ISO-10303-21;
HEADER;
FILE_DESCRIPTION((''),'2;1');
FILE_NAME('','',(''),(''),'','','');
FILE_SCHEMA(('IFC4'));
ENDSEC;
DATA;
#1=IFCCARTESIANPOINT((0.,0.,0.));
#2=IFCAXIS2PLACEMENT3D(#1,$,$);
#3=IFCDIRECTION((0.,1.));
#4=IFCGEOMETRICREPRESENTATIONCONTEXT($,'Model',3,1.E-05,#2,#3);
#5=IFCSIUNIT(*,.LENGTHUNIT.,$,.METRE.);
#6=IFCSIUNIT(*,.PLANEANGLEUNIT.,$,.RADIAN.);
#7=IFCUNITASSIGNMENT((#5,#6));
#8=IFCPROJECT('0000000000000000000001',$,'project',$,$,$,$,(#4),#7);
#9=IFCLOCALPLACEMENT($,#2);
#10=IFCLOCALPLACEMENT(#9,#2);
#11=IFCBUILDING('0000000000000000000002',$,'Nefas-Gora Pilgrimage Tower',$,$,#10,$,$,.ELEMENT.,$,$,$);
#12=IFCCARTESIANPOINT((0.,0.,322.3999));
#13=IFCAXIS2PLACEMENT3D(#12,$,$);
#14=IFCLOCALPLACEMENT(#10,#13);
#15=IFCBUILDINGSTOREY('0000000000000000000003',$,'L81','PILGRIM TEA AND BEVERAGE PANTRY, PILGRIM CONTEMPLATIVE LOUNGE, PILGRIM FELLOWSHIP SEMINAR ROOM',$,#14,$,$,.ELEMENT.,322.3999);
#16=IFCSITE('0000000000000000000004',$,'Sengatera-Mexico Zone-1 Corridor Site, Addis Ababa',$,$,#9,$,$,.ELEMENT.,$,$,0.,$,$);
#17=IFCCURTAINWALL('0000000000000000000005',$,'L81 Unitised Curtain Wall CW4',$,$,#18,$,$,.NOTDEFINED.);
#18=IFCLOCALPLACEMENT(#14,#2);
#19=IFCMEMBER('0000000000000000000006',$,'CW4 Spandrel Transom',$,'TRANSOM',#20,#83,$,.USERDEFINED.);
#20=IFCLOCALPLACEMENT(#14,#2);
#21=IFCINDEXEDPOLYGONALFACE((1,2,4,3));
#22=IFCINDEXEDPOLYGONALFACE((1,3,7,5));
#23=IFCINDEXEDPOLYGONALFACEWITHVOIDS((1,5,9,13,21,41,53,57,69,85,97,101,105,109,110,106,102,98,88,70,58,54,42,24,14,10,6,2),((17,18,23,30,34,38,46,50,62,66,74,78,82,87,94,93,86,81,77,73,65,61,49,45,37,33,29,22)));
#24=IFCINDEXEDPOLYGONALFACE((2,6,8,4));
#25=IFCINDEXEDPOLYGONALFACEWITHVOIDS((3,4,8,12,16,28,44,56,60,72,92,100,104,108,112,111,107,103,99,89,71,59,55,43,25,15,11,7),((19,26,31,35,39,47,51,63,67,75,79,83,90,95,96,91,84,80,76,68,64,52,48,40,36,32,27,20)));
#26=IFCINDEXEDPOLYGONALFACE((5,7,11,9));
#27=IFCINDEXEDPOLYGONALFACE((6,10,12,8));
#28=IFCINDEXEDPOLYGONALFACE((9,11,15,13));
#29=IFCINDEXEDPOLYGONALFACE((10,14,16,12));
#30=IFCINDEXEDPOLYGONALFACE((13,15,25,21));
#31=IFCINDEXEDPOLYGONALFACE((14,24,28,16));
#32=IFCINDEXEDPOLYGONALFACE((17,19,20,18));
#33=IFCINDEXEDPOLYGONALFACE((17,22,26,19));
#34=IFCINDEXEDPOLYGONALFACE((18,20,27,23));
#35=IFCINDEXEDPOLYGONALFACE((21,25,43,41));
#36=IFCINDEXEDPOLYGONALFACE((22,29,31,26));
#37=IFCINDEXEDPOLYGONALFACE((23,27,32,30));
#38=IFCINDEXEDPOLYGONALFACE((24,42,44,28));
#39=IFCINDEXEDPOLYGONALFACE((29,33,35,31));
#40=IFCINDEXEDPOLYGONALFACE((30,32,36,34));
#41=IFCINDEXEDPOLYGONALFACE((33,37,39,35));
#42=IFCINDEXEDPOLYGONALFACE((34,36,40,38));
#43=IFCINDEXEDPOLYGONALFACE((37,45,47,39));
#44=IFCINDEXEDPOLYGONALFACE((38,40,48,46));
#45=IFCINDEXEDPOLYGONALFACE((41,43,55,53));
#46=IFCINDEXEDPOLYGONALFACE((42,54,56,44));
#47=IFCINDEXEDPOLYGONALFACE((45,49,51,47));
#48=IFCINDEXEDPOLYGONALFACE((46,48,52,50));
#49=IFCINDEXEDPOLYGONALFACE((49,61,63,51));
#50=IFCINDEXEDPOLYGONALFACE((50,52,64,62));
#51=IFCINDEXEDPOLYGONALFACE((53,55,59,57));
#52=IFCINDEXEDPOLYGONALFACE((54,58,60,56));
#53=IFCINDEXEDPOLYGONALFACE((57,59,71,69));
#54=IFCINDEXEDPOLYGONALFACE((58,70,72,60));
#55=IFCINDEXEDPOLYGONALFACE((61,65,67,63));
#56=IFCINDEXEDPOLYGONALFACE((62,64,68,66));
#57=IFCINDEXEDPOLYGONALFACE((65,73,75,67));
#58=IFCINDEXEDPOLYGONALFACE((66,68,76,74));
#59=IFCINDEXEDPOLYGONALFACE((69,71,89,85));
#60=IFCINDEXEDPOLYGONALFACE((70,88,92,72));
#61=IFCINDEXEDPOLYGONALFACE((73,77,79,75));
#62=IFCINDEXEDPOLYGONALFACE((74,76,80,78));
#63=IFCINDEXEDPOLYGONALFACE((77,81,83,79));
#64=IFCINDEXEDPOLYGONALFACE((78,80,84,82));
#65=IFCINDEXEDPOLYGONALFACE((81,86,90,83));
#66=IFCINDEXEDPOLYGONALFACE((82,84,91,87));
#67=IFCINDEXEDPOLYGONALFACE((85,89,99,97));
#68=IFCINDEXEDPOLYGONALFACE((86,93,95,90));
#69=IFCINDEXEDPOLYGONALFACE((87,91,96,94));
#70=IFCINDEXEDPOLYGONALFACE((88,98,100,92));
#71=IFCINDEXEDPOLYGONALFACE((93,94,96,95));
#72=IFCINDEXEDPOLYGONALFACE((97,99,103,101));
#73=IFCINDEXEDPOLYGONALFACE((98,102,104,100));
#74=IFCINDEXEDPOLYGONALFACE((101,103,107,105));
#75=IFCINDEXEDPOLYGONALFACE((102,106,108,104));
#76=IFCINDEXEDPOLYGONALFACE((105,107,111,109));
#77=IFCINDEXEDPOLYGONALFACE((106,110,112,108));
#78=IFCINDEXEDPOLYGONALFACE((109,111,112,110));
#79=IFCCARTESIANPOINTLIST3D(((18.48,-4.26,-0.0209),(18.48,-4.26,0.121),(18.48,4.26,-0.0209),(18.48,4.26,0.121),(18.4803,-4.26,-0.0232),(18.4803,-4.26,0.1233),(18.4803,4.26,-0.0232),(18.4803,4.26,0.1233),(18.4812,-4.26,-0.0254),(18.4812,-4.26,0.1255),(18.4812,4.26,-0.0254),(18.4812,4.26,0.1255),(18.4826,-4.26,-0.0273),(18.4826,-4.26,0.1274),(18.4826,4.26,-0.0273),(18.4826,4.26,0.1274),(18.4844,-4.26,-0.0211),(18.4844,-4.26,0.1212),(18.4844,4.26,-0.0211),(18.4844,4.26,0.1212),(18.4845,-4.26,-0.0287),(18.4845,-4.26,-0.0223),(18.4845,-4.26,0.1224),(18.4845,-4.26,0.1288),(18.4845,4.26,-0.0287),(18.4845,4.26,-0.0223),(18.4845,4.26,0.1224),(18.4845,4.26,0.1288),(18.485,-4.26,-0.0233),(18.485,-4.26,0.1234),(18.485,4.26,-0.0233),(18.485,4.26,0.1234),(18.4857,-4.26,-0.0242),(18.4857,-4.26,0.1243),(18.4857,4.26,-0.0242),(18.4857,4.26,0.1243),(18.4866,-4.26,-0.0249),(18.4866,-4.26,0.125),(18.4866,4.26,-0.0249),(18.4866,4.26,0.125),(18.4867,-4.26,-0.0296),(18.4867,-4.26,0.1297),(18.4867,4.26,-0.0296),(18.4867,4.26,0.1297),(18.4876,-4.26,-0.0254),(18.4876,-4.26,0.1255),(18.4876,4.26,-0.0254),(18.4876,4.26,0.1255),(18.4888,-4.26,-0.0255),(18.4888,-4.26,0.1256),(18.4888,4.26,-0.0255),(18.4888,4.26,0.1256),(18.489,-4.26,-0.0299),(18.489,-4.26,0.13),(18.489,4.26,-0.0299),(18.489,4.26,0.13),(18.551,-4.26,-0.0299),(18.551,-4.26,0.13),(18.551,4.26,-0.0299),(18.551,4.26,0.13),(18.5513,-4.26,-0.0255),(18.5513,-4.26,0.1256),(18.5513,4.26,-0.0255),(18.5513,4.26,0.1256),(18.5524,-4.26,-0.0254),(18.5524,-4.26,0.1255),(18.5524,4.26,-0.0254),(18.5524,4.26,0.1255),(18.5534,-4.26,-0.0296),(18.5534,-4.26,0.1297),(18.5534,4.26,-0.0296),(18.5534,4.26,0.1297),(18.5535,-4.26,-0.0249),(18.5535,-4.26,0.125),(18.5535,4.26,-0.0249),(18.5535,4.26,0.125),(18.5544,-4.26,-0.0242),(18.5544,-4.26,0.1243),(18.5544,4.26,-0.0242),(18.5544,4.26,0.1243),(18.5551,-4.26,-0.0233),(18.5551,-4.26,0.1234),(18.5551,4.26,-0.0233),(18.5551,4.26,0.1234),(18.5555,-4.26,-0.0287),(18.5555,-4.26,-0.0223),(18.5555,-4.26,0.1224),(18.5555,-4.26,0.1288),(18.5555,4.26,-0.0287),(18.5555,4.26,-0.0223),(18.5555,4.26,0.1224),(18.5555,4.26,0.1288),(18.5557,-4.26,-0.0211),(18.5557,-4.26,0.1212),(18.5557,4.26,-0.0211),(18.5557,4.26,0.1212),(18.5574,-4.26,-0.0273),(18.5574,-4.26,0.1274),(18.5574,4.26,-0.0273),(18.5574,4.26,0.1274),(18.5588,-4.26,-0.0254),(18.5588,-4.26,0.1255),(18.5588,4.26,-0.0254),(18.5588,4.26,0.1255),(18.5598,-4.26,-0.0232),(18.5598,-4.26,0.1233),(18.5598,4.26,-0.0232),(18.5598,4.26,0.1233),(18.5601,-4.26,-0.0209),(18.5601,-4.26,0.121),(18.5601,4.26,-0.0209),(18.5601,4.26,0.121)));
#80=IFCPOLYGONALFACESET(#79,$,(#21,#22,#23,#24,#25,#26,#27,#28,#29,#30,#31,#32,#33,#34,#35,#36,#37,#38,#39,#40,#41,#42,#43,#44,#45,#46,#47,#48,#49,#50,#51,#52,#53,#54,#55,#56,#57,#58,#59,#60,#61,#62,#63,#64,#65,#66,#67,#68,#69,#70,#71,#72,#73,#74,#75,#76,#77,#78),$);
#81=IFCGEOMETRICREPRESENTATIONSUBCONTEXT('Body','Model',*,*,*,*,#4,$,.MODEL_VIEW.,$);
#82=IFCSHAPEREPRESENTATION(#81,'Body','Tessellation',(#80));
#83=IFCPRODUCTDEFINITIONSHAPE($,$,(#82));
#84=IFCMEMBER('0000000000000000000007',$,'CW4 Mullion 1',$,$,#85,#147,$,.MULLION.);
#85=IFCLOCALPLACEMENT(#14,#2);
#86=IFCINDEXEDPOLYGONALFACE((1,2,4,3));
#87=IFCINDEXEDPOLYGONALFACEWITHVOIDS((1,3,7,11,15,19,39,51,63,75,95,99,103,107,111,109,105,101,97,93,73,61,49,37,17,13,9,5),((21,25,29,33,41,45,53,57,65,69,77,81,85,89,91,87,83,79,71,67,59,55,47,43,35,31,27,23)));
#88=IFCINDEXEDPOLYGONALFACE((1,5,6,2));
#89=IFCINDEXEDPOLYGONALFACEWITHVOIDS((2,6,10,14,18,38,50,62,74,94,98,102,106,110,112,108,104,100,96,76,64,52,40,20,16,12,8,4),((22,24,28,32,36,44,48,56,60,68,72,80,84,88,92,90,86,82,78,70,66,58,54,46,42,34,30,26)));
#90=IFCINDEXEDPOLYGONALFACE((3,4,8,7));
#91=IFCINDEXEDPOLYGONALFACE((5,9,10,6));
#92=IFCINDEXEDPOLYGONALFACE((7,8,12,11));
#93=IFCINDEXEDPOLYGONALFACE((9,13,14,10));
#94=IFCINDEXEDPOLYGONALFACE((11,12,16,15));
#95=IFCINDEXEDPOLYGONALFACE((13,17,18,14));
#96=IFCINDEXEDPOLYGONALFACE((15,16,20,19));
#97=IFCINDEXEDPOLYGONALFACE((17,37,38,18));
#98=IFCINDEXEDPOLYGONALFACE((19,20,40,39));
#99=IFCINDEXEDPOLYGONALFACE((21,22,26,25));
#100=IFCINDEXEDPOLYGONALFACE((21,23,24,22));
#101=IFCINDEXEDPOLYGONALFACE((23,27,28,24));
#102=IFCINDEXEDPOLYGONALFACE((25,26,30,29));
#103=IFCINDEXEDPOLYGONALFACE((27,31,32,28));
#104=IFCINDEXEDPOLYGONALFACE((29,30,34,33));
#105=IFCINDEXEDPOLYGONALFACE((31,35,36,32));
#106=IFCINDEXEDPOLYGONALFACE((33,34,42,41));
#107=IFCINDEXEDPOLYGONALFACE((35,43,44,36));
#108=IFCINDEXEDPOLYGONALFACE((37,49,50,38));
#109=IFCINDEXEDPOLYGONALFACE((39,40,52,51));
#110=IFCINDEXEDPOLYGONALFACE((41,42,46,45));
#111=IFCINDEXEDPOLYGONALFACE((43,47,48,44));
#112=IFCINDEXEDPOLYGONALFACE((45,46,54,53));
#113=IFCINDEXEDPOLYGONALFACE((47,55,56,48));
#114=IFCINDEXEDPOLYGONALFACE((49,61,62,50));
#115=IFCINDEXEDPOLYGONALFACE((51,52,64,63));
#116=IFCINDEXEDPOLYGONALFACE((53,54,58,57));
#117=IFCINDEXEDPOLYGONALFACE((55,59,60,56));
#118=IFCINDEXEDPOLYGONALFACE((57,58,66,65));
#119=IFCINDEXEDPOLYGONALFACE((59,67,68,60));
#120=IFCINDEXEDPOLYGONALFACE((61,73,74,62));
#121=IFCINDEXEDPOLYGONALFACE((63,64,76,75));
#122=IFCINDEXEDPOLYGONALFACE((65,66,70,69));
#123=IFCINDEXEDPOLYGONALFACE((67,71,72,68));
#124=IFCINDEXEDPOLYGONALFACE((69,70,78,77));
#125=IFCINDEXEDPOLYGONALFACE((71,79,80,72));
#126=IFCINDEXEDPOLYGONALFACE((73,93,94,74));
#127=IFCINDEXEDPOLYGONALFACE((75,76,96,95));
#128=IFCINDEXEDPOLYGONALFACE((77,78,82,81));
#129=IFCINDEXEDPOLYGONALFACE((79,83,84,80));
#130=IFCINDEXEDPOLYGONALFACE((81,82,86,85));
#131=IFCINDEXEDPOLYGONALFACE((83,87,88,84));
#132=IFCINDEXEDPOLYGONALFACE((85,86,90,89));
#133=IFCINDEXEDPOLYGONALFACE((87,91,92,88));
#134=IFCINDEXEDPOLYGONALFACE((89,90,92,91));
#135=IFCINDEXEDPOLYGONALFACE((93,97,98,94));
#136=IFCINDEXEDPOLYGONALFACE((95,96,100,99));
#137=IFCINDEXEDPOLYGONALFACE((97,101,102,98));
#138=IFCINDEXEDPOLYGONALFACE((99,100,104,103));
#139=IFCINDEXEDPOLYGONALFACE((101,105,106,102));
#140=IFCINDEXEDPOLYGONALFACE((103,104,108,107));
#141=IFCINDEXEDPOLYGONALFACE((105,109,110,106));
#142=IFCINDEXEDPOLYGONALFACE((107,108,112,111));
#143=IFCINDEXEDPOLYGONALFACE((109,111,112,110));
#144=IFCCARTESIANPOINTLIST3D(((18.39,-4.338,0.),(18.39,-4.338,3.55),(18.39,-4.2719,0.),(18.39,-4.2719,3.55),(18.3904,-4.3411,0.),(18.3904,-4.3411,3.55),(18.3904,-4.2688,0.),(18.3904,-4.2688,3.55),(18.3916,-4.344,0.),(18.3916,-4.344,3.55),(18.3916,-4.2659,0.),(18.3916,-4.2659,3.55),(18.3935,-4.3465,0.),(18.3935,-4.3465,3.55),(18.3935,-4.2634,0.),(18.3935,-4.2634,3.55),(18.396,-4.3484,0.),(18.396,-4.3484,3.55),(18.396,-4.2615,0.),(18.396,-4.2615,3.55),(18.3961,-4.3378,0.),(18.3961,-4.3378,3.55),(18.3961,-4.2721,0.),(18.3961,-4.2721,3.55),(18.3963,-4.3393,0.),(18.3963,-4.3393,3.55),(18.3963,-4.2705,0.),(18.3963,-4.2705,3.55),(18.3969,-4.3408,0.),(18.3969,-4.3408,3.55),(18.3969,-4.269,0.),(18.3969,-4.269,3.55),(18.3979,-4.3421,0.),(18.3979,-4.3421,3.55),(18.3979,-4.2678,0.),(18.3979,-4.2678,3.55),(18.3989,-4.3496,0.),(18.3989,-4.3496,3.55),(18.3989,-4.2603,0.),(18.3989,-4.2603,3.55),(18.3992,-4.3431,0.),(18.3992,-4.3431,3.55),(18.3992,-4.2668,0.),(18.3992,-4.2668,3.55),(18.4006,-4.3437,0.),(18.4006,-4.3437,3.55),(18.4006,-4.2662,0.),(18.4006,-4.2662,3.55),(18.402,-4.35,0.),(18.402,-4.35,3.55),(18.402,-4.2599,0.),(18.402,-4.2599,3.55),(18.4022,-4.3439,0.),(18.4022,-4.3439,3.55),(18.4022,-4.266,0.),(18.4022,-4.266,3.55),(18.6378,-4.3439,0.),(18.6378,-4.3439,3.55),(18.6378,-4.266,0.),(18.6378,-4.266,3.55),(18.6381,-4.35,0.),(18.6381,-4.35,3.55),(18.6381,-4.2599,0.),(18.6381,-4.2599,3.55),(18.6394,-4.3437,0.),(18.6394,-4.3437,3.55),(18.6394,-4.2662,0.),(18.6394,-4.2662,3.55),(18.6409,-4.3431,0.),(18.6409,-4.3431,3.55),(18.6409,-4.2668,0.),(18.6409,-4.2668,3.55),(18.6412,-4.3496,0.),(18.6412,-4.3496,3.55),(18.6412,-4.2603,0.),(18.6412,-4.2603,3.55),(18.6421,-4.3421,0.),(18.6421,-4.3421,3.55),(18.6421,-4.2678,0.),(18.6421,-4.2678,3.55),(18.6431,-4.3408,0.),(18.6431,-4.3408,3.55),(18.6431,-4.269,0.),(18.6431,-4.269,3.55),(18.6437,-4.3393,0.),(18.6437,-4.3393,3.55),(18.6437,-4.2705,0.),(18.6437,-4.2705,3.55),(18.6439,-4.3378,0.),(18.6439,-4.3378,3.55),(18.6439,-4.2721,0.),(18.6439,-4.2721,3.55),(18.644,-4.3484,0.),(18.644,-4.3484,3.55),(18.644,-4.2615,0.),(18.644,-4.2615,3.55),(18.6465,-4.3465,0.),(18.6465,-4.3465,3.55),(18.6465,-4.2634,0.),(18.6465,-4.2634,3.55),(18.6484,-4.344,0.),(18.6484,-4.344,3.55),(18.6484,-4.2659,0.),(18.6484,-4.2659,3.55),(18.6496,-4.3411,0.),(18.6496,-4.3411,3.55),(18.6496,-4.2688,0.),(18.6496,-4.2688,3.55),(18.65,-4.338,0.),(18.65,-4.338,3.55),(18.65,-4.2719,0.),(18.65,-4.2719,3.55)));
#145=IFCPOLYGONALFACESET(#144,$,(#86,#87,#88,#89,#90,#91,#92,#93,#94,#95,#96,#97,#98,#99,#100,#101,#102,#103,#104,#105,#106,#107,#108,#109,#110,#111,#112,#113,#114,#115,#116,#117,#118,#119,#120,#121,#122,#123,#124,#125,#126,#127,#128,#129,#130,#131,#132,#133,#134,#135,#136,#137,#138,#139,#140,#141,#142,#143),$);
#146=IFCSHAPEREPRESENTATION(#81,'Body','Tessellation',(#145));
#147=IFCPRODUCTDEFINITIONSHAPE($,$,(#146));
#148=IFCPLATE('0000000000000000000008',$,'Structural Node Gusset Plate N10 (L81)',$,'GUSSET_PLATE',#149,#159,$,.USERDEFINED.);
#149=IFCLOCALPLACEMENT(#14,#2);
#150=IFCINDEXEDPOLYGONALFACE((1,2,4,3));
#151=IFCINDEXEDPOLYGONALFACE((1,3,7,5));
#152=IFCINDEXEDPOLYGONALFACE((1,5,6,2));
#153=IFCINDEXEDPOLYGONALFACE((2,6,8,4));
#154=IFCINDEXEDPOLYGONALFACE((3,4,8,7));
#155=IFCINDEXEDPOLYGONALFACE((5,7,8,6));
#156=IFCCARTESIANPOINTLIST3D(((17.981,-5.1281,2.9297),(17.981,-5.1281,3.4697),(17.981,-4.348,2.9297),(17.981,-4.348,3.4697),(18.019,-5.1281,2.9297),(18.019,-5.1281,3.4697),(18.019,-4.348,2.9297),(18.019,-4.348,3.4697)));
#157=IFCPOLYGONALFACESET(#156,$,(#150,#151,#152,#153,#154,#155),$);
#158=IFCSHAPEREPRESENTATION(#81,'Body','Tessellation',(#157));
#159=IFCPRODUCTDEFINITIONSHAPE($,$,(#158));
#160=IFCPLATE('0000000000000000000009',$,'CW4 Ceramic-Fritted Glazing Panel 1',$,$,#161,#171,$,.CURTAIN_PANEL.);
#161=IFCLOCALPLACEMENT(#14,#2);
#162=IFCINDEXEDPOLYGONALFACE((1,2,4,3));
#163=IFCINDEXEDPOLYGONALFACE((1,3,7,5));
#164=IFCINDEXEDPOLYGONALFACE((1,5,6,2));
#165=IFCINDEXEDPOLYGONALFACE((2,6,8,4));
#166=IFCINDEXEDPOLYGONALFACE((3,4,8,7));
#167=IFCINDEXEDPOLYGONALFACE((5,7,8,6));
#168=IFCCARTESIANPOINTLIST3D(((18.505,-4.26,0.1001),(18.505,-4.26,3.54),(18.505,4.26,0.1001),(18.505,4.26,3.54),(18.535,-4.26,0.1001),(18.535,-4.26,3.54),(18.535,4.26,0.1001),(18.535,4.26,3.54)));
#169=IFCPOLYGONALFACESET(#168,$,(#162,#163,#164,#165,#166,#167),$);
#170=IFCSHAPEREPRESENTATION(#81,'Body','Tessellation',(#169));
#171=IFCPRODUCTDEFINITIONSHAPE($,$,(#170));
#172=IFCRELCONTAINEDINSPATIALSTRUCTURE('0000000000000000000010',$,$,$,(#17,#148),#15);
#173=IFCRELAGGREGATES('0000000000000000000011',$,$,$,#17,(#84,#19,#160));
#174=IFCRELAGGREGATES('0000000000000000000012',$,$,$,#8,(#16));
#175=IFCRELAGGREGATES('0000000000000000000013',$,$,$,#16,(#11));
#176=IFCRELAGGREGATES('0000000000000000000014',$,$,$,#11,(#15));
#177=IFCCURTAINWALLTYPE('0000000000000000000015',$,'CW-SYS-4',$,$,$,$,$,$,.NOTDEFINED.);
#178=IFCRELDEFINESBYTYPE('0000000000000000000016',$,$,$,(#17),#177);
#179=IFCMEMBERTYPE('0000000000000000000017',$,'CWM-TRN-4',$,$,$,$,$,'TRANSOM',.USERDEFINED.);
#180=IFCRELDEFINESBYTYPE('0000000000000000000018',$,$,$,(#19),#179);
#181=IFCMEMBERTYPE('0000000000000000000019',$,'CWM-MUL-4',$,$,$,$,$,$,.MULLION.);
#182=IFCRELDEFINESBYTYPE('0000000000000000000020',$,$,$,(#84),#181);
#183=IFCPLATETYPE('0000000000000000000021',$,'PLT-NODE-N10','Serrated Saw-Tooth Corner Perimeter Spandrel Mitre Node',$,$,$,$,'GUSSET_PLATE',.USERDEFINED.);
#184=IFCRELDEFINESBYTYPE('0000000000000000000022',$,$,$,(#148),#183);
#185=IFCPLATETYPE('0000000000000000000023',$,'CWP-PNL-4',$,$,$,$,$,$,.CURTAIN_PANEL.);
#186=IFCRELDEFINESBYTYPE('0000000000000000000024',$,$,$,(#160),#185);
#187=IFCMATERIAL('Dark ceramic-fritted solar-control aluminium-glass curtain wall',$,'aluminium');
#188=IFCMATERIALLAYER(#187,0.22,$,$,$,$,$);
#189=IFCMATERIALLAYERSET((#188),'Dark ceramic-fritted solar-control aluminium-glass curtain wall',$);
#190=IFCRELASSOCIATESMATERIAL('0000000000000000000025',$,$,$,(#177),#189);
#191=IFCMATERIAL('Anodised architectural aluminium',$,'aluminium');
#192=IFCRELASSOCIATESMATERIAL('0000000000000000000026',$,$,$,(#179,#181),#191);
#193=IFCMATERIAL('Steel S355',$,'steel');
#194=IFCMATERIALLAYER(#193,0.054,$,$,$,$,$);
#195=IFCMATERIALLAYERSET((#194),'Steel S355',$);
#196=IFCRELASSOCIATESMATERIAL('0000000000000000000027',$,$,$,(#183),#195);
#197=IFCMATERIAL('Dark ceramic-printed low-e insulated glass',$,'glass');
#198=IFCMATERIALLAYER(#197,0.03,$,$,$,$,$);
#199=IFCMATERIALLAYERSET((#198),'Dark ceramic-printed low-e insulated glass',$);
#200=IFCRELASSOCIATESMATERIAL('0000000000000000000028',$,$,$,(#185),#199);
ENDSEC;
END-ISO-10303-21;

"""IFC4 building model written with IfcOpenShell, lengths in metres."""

from ifc_helpers import new_model, si_unit, direction, frame, origin, origin_2d, place, context, subcontext, project, spatial, rectangle, hollow_rectangle, extrude, source, transform, mapped, material, layer, layer_set, material_profile, profile_set, type_object, element, aggregate, save


model = new_model("IFC4")

# Units and contexts
model_context = context("Model", 3, precision=1e-05, world=origin(), true_north=direction((0.0, 1.0)))
body_context = subcontext(model_context, "Body", "Model", "MODEL_VIEW")
ifc_project = project(units=[si_unit("LENGTHUNIT", "METRE"), si_unit("PLANEANGLEUNIT", "RADIAN")], contexts=[model_context])

# Site, building, storey
site_placement = place(None, origin())
site = spatial("IfcSite", under=ifc_project, at=site_placement, Name="Sengatera-Mexico Zone-1 Corridor Site, Addis Ababa", CompositionType="ELEMENT", RefElevation=0.0)
building_placement = place(site_placement, origin())
building = spatial("IfcBuilding", under=site, at=building_placement, Name="Nefas-Gora Pilgrimage Tower", CompositionType="ELEMENT")
storey_placement = place(building_placement, frame((0.0, 0.0, 322.3999)))
storey = spatial("IfcBuildingStorey", under=building, at=storey_placement, Name="L81", Description="PILGRIM TEA AND BEVERAGE PANTRY, PILGRIM CONTEMPLATIVE LOUNGE, PILGRIM FELLOWSHIP SEMINAR ROOM", CompositionType="ELEMENT", Elevation=322.3999)

# Shared definitions
ifc_material_1 = material(Name="Steel S355", Category="steel")

# Curtain wall, members
ifc_material_2 = material(Name="Dark ceramic-fritted solar-control aluminium-glass curtain wall", Category="aluminium")
ifc_layer_1 = layer(ifc_material_2, 0.22)
ifc_layer_set_1 = layer_set([ifc_layer_1], Name="Dark ceramic-fritted solar-control aluminium-glass curtain wall")
curtain_wall_type = type_object("IfcCurtainWallType", Name="CW-SYS-4", PredefinedType="NOTDEFINED", material=ifc_layer_set_1)
curtain_wall_placement = place(storey_placement, origin())
curtain_wall = element("IfcCurtainWall", 1, at=curtain_wall_placement, inside=storey, type_object=curtain_wall_type, Name="L81 Unitised Curtain Wall CW4", PredefinedType="NOTDEFINED")
ifc_material_3 = material(Name="Anodised architectural aluminium", Category="aluminium")
ifc_material_profile_1 = material_profile(ifc_material_3, hollow_rectangle(XDim=0.0801, YDim=0.1599, WallThickness=0.0044, InnerFilletRadius=0.0044, OuterFilletRadius=0.009, at=origin_2d()), Name="ALU TRANSOM 80x160")
ifc_profile_set_1 = profile_set([ifc_material_profile_1], Name="Anodised architectural aluminium")
member_type_1 = type_object("IfcMemberType", Name="CWM-TRN-4", ElementType="TRANSOM", PredefinedType="USERDEFINED", material=ifc_profile_set_1)
shared_shape_1 = source(origin(), body_context, "Body", "SweptSolid", [
    extrude(hollow_rectangle(XDim=0.0801, YDim=0.1599, WallThickness=0.0044, InnerFilletRadius=0.0044, OuterFilletRadius=0.009, at=origin_2d()), origin(), (0.0, 0.0, 1.0), 8.52),
])
member_1_placement = place(storey_placement, frame((18.52, -4.26, 0.05), z_axis=(0.0, 1.0, 0.0), x_axis=(-1.0, 0.0, 0.0)))
member_1 = element("IfcMember", 2, at=member_1_placement, type_object=member_type_1, Name="CW4 Spandrel Transom", ObjectType="TRANSOM", PredefinedType="USERDEFINED", context=body_context, shape_type="MappedRepresentation", body=[
    mapped(shared_shape_1, transform((0.0, 0.0, 0.0), x_axis=(1.0, 0.0, 0.0), y_axis=(0.0, 1.0, 0.0), z_axis=(0.0, 0.0, 1.0), scale=1.0)),
])
ifc_material_profile_2 = material_profile(ifc_material_3, hollow_rectangle(XDim=0.0901, YDim=0.26, WallThickness=0.0061, InnerFilletRadius=0.0061, OuterFilletRadius=0.012, at=origin_2d()), Name="ALU MULLION 90x260")
ifc_profile_set_2 = profile_set([ifc_material_profile_2], Name="Anodised architectural aluminium")
member_type_2 = type_object("IfcMemberType", Name="CWM-MUL-4", PredefinedType="MULLION", material=ifc_profile_set_2)
shared_shape_2 = source(origin(), body_context, "Body", "SweptSolid", [
    extrude(hollow_rectangle(XDim=0.0901, YDim=0.26, WallThickness=0.0061, InnerFilletRadius=0.0061, OuterFilletRadius=0.012, at=origin_2d()), origin(), (0.0, 0.0, 1.0), 3.55),
])
member_2_placement = place(storey_placement, frame((18.52, -4.3049, 0.0), z_axis=(0.0, 0.0, 1.0), x_axis=(0.0, 1.0, 0.0)))
member_2 = element("IfcMember", 3, at=member_2_placement, type_object=member_type_2, Name="CW4 Mullion 1", PredefinedType="MULLION", context=body_context, shape_type="MappedRepresentation", body=[
    mapped(shared_shape_2, transform((0.0, 0.0, 0.0), x_axis=(1.0, 0.0, 0.0), y_axis=(0.0, 1.0, 0.0), z_axis=(0.0, 0.0, 1.0), scale=1.0)),
])

# Plates
ifc_layer_2 = layer(ifc_material_1, 0.054)
ifc_layer_set_2 = layer_set([ifc_layer_2], Name="Steel S355")
plate_type_1 = type_object("IfcPlateType", Name="PLT-NODE-N10", Description="Serrated Saw-Tooth Corner Perimeter Spandrel Mitre Node", ElementType="GUSSET_PLATE", PredefinedType="USERDEFINED", material=ifc_layer_set_2)
shared_shape_3 = source(origin(), body_context, "Body", "SweptSolid", [
    extrude(rectangle(XDim=0.78, YDim=0.0381, at=origin_2d()), origin(), (0.0, 0.0, 1.0), 0.54),
])
plate_1_placement = place(storey_placement, frame((18.0, -4.738, 2.9297), z_axis=(0.0, 0.0, 1.0), x_axis=(0.0, 1.0, 0.0)))
element("IfcPlate", 4, at=plate_1_placement, inside=storey, type_object=plate_type_1, Name="Structural Node Gusset Plate N10 (L81)", ObjectType="GUSSET_PLATE", PredefinedType="USERDEFINED", context=body_context, shape_type="MappedRepresentation", body=[
    mapped(shared_shape_3, transform((0.0, 0.0, 0.0), x_axis=(1.0, 0.0, 0.0), y_axis=(0.0, 1.0, 0.0), z_axis=(0.0, 0.0, 1.0), scale=1.0)),
])
ifc_material_4 = material(Name="Dark ceramic-printed low-e insulated glass", Category="glass")
ifc_layer_3 = layer(ifc_material_4, 0.03)
ifc_layer_set_3 = layer_set([ifc_layer_3], Name="Dark ceramic-printed low-e insulated glass")
plate_type_2 = type_object("IfcPlateType", Name="CWP-PNL-4", PredefinedType="CURTAIN_PANEL", material=ifc_layer_set_3)
shared_shape_4 = source(origin(), body_context, "Body", "SweptSolid", [
    extrude(rectangle(XDim=8.52, YDim=0.03, at=origin_2d()), origin(), (0.0, 0.0, 1.0), 3.4399),
])
plate_2_placement = place(storey_placement, frame((18.52, 0.0, 0.1001), z_axis=(0.0, 0.0, 1.0), x_axis=(0.0, 1.0, 0.0)))
plate_2 = element("IfcPlate", 5, at=plate_2_placement, type_object=plate_type_2, Name="CW4 Ceramic-Fritted Glazing Panel 1", PredefinedType="CURTAIN_PANEL", context=body_context, shape_type="MappedRepresentation", body=[
    mapped(shared_shape_4, transform((0.0, 0.0, 0.0), x_axis=(1.0, 0.0, 0.0), y_axis=(0.0, 1.0, 0.0), z_axis=(0.0, 0.0, 1.0), scale=1.0)),
])
aggregate(curtain_wall, [member_2, member_1, plate_2])

save(model, "model.ifc")
